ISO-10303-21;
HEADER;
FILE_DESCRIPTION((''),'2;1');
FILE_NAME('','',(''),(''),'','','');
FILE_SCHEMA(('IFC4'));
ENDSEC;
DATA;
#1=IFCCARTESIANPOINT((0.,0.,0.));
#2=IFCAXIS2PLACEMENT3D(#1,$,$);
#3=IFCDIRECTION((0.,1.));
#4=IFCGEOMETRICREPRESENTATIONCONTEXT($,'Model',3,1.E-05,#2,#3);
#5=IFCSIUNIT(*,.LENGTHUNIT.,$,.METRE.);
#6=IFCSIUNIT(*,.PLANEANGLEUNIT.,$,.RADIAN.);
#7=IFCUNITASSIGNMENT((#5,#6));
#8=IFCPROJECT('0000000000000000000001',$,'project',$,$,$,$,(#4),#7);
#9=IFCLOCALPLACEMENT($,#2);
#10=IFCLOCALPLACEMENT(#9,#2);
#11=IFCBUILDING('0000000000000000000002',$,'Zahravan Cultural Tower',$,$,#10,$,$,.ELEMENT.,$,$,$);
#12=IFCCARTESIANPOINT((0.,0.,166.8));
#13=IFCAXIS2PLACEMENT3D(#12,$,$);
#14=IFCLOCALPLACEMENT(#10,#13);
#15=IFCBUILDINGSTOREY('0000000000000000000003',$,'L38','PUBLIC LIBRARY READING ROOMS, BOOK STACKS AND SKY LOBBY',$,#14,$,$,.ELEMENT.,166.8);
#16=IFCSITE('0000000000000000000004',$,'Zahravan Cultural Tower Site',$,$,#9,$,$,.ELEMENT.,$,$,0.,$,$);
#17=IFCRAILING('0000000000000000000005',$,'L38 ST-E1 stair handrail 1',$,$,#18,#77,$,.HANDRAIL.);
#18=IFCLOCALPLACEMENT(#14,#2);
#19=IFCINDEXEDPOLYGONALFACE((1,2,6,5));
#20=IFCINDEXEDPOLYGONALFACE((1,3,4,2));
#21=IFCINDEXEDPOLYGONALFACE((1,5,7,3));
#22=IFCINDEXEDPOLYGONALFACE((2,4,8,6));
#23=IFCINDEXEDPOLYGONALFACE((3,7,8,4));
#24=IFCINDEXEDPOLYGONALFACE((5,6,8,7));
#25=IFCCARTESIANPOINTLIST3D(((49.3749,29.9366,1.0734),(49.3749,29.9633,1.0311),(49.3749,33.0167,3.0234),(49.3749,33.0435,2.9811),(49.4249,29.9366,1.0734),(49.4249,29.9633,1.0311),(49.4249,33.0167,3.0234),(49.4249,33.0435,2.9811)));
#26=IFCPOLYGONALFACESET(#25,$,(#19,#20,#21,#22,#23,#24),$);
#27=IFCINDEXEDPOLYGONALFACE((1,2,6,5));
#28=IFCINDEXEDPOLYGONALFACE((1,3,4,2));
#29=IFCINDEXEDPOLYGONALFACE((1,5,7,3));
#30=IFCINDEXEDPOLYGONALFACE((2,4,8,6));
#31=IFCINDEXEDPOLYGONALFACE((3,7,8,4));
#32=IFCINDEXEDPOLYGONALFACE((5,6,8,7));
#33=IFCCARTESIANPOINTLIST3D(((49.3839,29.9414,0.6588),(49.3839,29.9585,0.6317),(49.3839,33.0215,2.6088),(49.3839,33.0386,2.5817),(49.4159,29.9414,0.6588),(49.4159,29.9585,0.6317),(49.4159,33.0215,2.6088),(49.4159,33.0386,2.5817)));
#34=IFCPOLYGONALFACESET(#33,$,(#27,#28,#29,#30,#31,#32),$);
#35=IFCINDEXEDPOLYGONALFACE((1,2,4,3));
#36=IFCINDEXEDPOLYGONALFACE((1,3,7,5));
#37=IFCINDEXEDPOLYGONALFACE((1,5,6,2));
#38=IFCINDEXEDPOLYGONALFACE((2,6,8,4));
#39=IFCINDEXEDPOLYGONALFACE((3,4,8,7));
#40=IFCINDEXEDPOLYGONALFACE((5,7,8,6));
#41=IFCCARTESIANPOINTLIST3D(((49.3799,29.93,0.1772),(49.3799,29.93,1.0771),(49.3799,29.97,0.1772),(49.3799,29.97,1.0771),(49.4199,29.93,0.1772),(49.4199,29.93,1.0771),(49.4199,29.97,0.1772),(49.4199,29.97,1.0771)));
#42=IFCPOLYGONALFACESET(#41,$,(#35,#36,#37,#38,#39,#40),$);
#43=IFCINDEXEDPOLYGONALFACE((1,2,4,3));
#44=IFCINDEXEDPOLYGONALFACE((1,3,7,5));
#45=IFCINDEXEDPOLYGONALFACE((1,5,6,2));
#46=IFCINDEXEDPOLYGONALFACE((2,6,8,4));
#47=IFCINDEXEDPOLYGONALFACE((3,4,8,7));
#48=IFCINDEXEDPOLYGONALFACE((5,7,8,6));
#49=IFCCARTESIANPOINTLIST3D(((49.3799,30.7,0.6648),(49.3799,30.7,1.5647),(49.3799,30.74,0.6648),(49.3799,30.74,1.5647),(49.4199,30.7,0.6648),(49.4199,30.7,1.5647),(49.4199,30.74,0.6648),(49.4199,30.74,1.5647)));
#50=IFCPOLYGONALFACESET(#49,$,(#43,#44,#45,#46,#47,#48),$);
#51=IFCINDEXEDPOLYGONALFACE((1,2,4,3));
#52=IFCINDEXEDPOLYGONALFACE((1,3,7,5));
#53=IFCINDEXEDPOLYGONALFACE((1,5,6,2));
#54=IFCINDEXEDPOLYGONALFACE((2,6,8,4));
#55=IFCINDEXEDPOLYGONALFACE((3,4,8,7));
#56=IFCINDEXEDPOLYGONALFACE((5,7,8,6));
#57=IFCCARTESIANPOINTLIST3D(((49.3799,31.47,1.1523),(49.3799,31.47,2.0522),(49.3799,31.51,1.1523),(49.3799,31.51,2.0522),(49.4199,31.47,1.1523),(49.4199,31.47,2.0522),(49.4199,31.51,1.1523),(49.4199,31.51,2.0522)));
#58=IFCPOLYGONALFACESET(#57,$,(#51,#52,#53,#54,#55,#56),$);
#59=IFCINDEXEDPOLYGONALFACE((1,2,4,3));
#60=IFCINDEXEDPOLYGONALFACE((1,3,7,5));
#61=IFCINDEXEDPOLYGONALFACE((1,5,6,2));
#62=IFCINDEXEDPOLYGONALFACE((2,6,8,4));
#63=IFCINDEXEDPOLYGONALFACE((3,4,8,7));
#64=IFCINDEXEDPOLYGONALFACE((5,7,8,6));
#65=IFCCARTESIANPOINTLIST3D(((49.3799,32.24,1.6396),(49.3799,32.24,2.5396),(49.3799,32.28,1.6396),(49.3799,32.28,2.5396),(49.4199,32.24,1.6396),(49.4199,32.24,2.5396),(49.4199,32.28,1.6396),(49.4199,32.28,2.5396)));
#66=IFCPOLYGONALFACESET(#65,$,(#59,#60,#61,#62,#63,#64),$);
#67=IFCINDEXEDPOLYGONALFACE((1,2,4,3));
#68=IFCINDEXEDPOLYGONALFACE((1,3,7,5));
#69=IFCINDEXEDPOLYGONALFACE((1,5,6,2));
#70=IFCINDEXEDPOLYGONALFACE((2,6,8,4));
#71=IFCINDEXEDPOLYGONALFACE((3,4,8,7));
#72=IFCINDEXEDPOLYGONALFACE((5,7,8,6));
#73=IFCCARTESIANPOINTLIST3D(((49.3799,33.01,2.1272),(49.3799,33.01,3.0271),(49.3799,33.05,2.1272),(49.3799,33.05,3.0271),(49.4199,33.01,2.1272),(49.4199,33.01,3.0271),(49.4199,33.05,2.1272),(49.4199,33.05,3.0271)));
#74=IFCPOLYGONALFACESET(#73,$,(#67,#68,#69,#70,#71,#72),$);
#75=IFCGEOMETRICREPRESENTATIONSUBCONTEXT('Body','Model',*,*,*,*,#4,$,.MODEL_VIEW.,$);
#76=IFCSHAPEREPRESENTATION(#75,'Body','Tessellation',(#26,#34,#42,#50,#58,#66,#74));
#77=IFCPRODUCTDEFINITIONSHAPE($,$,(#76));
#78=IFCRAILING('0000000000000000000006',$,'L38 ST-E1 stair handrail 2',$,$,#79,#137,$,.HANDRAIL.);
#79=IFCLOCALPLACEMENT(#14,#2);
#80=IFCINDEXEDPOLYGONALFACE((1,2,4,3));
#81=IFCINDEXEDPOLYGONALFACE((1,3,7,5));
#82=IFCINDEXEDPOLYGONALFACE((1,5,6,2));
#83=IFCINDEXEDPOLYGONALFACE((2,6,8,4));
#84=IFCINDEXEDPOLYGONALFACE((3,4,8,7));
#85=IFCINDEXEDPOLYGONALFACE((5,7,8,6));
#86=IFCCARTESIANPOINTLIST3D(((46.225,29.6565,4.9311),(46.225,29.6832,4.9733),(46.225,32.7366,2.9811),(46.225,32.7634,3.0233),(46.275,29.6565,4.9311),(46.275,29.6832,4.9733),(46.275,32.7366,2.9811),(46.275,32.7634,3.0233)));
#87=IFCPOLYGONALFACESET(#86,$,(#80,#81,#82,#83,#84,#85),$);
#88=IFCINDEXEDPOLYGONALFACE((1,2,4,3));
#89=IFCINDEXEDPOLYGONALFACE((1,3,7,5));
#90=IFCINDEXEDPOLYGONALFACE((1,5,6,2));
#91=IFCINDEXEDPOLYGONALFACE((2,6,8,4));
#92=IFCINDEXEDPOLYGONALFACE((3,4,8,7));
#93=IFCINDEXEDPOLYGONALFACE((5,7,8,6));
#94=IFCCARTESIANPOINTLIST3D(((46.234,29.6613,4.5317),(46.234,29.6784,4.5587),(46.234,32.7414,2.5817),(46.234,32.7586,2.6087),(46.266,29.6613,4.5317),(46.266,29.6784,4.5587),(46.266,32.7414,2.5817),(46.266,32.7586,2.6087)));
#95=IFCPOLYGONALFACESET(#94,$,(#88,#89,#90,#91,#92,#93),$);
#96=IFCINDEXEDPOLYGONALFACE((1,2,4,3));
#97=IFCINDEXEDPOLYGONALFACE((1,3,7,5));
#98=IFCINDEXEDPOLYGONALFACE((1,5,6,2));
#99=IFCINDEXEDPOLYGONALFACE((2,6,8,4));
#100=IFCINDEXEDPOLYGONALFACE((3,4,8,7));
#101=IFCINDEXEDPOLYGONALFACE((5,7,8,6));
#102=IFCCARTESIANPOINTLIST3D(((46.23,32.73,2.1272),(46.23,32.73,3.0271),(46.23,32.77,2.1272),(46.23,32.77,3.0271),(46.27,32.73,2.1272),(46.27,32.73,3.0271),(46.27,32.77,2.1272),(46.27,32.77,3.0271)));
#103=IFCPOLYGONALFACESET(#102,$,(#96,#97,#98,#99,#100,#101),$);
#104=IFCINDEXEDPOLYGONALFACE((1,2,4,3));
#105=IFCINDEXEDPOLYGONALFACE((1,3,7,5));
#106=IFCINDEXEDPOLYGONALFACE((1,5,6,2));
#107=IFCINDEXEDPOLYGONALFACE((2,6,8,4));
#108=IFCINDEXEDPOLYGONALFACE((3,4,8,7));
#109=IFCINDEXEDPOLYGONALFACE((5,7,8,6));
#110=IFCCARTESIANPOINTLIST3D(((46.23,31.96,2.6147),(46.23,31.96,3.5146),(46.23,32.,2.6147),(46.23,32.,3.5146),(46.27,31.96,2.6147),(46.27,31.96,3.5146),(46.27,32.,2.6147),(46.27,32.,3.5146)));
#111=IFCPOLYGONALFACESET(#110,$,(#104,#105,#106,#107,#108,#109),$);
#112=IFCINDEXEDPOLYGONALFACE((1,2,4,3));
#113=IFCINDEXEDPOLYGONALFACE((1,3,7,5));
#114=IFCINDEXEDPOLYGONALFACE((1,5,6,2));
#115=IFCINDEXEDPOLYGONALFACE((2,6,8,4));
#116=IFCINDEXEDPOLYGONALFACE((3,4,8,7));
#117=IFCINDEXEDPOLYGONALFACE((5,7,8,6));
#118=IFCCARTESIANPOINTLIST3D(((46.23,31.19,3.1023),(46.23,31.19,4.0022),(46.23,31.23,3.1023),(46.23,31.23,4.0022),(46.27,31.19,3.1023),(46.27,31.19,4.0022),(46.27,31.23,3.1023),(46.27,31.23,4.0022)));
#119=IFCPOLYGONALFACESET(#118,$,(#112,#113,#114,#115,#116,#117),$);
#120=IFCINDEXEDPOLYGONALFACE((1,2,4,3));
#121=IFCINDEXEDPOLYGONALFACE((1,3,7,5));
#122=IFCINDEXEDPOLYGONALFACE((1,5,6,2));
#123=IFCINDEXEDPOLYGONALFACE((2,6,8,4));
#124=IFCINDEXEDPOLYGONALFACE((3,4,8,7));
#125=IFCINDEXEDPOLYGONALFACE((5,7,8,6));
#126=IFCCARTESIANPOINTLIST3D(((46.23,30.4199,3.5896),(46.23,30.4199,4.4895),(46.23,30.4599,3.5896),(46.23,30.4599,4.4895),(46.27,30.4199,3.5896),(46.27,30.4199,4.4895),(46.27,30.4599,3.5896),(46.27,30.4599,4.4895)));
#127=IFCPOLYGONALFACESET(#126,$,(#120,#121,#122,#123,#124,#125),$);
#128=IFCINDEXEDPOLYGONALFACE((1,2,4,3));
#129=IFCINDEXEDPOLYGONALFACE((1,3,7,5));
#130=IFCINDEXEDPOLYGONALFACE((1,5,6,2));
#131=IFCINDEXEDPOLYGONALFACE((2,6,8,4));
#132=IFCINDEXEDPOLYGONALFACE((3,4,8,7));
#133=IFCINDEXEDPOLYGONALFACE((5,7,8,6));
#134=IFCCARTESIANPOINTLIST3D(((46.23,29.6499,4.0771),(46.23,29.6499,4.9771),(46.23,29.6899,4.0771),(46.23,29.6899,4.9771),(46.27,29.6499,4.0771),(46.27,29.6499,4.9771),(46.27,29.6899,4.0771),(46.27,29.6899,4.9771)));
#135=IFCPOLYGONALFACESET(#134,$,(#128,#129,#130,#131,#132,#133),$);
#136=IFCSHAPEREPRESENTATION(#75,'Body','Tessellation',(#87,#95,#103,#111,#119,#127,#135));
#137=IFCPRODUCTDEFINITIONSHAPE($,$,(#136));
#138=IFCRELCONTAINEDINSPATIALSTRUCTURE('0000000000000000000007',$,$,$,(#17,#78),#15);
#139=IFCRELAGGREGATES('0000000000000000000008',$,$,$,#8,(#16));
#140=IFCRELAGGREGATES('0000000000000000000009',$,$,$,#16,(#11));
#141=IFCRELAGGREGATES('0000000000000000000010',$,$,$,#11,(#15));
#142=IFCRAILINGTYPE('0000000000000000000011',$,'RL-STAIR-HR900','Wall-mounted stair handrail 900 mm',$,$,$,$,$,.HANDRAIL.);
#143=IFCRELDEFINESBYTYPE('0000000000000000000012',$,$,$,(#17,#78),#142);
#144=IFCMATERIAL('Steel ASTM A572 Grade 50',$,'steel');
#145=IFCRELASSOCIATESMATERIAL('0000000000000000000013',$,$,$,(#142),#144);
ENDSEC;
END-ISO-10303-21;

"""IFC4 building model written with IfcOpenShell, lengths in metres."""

from ifc_helpers import new_model, si_unit, direction, frame, origin, origin_2d, place, context, subcontext, project, spatial, rectangle, extrude, material, type_object, element, save


model = new_model("IFC4")

# Units and contexts
model_context = context("Model", 3, precision=1e-05, world=origin(), true_north=direction((0.0, 1.0)))
body_context = subcontext(model_context, "Body", "Model", "MODEL_VIEW")
ifc_project = project(units=[si_unit("LENGTHUNIT", "METRE"), si_unit("PLANEANGLEUNIT", "RADIAN")], contexts=[model_context])

# Site, building, storey
site_placement = place(None, origin())
site = spatial("IfcSite", under=ifc_project, at=site_placement, Name="Zahravan Cultural Tower Site", CompositionType="ELEMENT", RefElevation=0.0)
building_placement = place(site_placement, origin())
building = spatial("IfcBuilding", under=site, at=building_placement, Name="Zahravan Cultural Tower", CompositionType="ELEMENT")
storey_placement = place(building_placement, frame((0.0, 0.0, 166.8)))
storey = spatial("IfcBuildingStorey", under=building, at=storey_placement, Name="L38", Description="PUBLIC LIBRARY READING ROOMS, BOOK STACKS AND SKY LOBBY", CompositionType="ELEMENT", Elevation=166.8)

# Shared definitions
ifc_material_1 = material(Name="Steel ASTM A572 Grade 50", Category="steel")

# Railings
railing_type_1 = type_object("IfcRailingType", Name="RL-STAIR-HR900", Description="Wall-mounted stair handrail 900 mm", PredefinedType="HANDRAIL", material=ifc_material_1)
railing_1_placement = place(storey_placement, frame((49.3999, 29.95, 0.1772)))
element("IfcRailing", 1, at=railing_1_placement, inside=storey, type_object=railing_type_1, Name="L38 ST-E1 stair handrail 1", PredefinedType="HANDRAIL", context=body_context, shape_type="SweptSolid", body=[
    extrude(rectangle(XDim=0.05, YDim=0.05, at=origin_2d()), frame((0.0, 0.0, 0.875), z_axis=(0.0, 0.844914, 0.534902), x_axis=(-1.0, 0.0, 0.0)), (0.0, 0.0, 1.0), 3.6455),
    extrude(rectangle(XDim=0.032, YDim=0.032, at=origin_2d()), frame((0.0, 0.0, 0.468), z_axis=(0.0, 0.844914, 0.534902), x_axis=(-1.0, 0.0, 0.0)), (0.0, 0.0, 1.0), 3.6455),
    extrude(rectangle(XDim=0.04, YDim=0.04, at=origin_2d()), origin(), (0.0, 0.0, 1.0), 0.8999),
    extrude(rectangle(XDim=0.04, YDim=0.04, at=origin_2d()), frame((0.0, 0.77, 0.4875)), (0.0, 0.0, 1.0), 0.8999),
    extrude(rectangle(XDim=0.04, YDim=0.04, at=origin_2d()), frame((0.0, 1.54, 0.9751)), (0.0, 0.0, 1.0), 0.8999),
    extrude(rectangle(XDim=0.04, YDim=0.04, at=origin_2d()), frame((0.0, 2.3101, 1.4624)), (0.0, 0.0, 1.0), 0.8999),
    extrude(rectangle(XDim=0.04, YDim=0.04, at=origin_2d()), frame((0.0, 3.0801, 1.95)), (0.0, 0.0, 1.0), 0.8999),
])
railing_2_placement = place(storey_placement, frame((46.25, 32.75, 2.1272)))
element("IfcRailing", 2, at=railing_2_placement, inside=storey, type_object=railing_type_1, Name="L38 ST-E1 stair handrail 2", PredefinedType="HANDRAIL", context=body_context, shape_type="SweptSolid", body=[
    extrude(rectangle(XDim=0.05, YDim=0.05, at=origin_2d()), frame((0.0, 0.0, 0.875), z_axis=(0.0, -0.844914, 0.534902), x_axis=(1.0, 0.0, 0.0)), (0.0, 0.0, 1.0), 3.6455),
    extrude(rectangle(XDim=0.032, YDim=0.032, at=origin_2d()), frame((0.0, 0.0, 0.468), z_axis=(0.0, -0.844914, 0.534902), x_axis=(1.0, 0.0, 0.0)), (0.0, 0.0, 1.0), 3.6455),
    extrude(rectangle(XDim=0.04, YDim=0.04, at=origin_2d()), origin(), (0.0, 0.0, 1.0), 0.8999),
    extrude(rectangle(XDim=0.04, YDim=0.04, at=origin_2d()), frame((0.0, -0.77, 0.4875)), (0.0, 0.0, 1.0), 0.8999),
    extrude(rectangle(XDim=0.04, YDim=0.04, at=origin_2d()), frame((0.0, -1.54, 0.9751)), (0.0, 0.0, 1.0), 0.8999),
    extrude(rectangle(XDim=0.04, YDim=0.04, at=origin_2d()), frame((0.0, -2.3101, 1.4624)), (0.0, 0.0, 1.0), 0.8999),
    extrude(rectangle(XDim=0.04, YDim=0.04, at=origin_2d()), frame((0.0, -3.0801, 1.95)), (0.0, 0.0, 1.0), 0.8999),
])

save(model, "model.ifc")
